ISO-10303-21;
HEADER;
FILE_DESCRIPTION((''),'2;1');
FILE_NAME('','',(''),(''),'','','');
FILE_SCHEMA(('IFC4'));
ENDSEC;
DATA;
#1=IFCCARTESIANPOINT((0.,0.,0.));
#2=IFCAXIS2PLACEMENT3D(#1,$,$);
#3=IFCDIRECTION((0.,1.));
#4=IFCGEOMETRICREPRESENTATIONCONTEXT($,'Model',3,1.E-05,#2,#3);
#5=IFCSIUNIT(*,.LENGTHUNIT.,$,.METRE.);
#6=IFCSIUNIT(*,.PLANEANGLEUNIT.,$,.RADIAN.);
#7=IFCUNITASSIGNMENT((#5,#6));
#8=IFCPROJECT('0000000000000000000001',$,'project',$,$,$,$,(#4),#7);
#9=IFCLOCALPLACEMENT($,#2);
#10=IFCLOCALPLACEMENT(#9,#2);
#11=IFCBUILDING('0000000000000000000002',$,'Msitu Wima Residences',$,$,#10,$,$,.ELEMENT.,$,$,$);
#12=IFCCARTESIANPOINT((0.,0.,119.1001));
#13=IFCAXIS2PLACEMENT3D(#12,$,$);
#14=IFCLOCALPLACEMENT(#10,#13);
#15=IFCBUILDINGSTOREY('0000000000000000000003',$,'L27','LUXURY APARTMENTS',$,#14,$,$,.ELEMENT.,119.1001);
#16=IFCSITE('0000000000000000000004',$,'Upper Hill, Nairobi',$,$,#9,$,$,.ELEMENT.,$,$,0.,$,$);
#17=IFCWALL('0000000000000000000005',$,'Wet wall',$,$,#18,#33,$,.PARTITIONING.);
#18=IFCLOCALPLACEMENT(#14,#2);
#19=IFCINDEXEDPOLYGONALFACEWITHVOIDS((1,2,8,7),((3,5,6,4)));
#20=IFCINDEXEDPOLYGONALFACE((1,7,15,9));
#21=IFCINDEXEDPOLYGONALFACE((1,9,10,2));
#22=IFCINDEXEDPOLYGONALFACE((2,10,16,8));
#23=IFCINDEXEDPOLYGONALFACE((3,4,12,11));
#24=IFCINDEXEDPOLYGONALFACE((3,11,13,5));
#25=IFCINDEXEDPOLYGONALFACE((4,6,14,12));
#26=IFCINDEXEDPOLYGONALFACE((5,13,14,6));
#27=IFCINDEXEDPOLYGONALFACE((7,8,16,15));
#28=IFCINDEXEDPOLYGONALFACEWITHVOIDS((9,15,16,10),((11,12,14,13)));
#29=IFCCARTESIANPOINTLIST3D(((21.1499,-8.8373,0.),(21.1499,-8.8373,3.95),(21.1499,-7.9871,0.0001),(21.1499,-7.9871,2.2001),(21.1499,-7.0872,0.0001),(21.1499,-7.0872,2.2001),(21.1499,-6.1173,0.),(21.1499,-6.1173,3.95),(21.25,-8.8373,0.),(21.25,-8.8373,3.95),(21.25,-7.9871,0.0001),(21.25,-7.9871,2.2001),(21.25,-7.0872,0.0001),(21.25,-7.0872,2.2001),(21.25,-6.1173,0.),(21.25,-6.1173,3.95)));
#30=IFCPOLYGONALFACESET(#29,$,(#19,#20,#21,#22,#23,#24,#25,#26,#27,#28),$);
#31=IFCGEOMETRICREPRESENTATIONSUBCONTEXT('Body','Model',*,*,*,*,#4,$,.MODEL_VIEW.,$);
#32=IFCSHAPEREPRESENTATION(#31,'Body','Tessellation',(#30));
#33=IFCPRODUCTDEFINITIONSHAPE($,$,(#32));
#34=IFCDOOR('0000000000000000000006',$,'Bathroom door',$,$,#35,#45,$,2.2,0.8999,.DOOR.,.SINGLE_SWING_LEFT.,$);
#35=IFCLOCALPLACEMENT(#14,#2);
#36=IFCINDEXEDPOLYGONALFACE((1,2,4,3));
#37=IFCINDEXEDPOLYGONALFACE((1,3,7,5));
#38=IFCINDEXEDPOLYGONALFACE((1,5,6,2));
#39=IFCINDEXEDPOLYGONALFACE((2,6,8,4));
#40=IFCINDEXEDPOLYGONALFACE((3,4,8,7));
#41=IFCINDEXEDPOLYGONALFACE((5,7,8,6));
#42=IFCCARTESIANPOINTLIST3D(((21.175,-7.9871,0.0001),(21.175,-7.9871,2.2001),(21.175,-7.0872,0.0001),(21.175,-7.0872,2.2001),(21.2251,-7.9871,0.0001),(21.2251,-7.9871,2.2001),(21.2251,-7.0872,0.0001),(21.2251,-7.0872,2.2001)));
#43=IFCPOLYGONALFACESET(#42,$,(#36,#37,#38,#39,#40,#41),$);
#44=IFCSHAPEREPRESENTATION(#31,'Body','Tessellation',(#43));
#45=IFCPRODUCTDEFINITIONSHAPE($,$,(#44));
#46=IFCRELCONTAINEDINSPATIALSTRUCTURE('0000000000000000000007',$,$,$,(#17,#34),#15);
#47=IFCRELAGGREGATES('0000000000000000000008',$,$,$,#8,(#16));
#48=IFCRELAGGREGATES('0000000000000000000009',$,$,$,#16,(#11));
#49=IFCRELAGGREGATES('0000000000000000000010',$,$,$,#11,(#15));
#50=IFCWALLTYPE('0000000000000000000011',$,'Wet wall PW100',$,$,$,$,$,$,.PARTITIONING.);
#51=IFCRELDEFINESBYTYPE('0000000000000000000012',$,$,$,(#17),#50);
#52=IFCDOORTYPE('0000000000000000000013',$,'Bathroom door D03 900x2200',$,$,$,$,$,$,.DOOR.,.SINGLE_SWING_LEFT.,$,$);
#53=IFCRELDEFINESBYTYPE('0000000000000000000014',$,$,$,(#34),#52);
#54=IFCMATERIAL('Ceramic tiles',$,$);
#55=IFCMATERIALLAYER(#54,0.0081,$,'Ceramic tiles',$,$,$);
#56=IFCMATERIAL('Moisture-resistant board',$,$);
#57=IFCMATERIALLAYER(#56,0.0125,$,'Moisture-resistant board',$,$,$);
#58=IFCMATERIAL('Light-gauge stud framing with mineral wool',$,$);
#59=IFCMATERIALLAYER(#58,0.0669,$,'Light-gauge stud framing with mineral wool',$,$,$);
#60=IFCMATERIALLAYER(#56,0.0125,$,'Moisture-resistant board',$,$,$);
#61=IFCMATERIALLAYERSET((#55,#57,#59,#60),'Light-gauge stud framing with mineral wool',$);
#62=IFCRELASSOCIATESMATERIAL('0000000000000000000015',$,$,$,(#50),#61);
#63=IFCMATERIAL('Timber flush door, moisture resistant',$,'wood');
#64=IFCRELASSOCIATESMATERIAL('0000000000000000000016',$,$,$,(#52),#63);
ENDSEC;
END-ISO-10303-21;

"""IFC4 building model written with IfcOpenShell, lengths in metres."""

from ifc_helpers import new_model, si_unit, direction, frame, frame_2d, origin, place, context, subcontext, project, spatial, rectangle, extrude, material, layer, layer_set, type_object, element, fill, save


model = new_model("IFC4")

# Units and contexts
model_context = context("Model", 3, precision=1e-05, world=origin(), true_north=direction((0.0, 1.0)))
body_context = subcontext(model_context, "Body", "Model", "MODEL_VIEW")
ifc_project = project(units=[si_unit("LENGTHUNIT", "METRE"), si_unit("PLANEANGLEUNIT", "RADIAN")], contexts=[model_context])

# Site, building, storey
site_placement = place(None, origin())
site = spatial("IfcSite", under=ifc_project, at=site_placement, Name="Upper Hill, Nairobi", CompositionType="ELEMENT", RefElevation=0.0)
building_placement = place(site_placement, origin())
building = spatial("IfcBuilding", under=site, at=building_placement, Name="Msitu Wima Residences", CompositionType="ELEMENT")
storey_placement = place(building_placement, frame((0.0, 0.0, 119.1001)))
storey = spatial("IfcBuildingStorey", under=building, at=storey_placement, Name="L27", Description="LUXURY APARTMENTS", CompositionType="ELEMENT", Elevation=119.1001)

# Shared definitions
ifc_material_1 = material(Name="Ceramic tiles")
ifc_layer_1 = layer(ifc_material_1, 0.0081, Name="Ceramic tiles")
ifc_material_2 = material(Name="Moisture-resistant board")
ifc_layer_2 = layer(ifc_material_2, 0.0125, Name="Moisture-resistant board")
ifc_material_3 = material(Name="Light-gauge stud framing with mineral wool")
ifc_layer_3 = layer(ifc_material_3, 0.0669, Name="Light-gauge stud framing with mineral wool")
ifc_layer_4 = layer(ifc_material_2, 0.0125, Name="Moisture-resistant board")
ifc_layer_set_1 = layer_set([ifc_layer_1, ifc_layer_2, ifc_layer_3, ifc_layer_4], Name="Light-gauge stud framing with mineral wool")
wall_type_1 = type_object("IfcWallType", Name="Wet wall PW100", PredefinedType="PARTITIONING", material=ifc_layer_set_1)
ifc_material_4 = material(Name="Timber flush door, moisture resistant", Category="wood")
door_type_1 = type_object("IfcDoorType", Name="Bathroom door D03 900x2200", OperationType="SINGLE_SWING_LEFT", PredefinedType="DOOR", material=ifc_material_4)

# Wall, opening, door
wall_1_placement = place(storey_placement, frame((21.2, -8.8372, 0.0), z_axis=(0.0, 0.0, 1.0), x_axis=(0.0, 1.0, 0.0)))
wall_1 = element("IfcWall", 1, at=wall_1_placement, inside=storey, type_object=wall_type_1, Name="Wet wall", PredefinedType="PARTITIONING", context=body_context, shape_type="SweptSolid", body=[
    extrude(rectangle(XDim=2.72, YDim=0.1001, at=frame_2d((1.3599, 0.0))), origin(), (0.0, 0.0, 1.0), 3.95),
])
opening_1_placement = place(wall_1_placement, frame((0.8501, 0.0, 0.0)))
opening_1 = element("IfcOpeningElement", 2, at=opening_1_placement, cuts=wall_1, PredefinedType="OPENING", context=body_context, shape_type="SweptSolid", body=[
    extrude(rectangle(XDim=0.8999, YDim=2.2, at=frame_2d((0.45, 1.1001))), frame((0.0, 0.0601, 0.0), z_axis=(0.0, -1.0, 0.0), x_axis=(1.0, 0.0, 0.0)), (0.0, 0.0, 1.0), 0.1201),
])
door_1_placement = place(opening_1_placement, origin())
door_1 = element("IfcDoor", 3, at=door_1_placement, inside=storey, type_object=door_type_1, Name="Bathroom door", OperationType="SINGLE_SWING_LEFT", OverallHeight=2.2, OverallWidth=0.8999, PredefinedType="DOOR", context=body_context, shape_type="SweptSolid", body=[
    extrude(rectangle(XDim=0.8999, YDim=2.2, at=frame_2d((0.45, 1.1001))), frame((0.0, 0.0249, 0.0), z_axis=(0.0, -1.0, 0.0), x_axis=(1.0, 0.0, 0.0)), (0.0, 0.0, 1.0), 0.05),
])
fill(opening_1, door_1)

save(model, "model.ifc")
